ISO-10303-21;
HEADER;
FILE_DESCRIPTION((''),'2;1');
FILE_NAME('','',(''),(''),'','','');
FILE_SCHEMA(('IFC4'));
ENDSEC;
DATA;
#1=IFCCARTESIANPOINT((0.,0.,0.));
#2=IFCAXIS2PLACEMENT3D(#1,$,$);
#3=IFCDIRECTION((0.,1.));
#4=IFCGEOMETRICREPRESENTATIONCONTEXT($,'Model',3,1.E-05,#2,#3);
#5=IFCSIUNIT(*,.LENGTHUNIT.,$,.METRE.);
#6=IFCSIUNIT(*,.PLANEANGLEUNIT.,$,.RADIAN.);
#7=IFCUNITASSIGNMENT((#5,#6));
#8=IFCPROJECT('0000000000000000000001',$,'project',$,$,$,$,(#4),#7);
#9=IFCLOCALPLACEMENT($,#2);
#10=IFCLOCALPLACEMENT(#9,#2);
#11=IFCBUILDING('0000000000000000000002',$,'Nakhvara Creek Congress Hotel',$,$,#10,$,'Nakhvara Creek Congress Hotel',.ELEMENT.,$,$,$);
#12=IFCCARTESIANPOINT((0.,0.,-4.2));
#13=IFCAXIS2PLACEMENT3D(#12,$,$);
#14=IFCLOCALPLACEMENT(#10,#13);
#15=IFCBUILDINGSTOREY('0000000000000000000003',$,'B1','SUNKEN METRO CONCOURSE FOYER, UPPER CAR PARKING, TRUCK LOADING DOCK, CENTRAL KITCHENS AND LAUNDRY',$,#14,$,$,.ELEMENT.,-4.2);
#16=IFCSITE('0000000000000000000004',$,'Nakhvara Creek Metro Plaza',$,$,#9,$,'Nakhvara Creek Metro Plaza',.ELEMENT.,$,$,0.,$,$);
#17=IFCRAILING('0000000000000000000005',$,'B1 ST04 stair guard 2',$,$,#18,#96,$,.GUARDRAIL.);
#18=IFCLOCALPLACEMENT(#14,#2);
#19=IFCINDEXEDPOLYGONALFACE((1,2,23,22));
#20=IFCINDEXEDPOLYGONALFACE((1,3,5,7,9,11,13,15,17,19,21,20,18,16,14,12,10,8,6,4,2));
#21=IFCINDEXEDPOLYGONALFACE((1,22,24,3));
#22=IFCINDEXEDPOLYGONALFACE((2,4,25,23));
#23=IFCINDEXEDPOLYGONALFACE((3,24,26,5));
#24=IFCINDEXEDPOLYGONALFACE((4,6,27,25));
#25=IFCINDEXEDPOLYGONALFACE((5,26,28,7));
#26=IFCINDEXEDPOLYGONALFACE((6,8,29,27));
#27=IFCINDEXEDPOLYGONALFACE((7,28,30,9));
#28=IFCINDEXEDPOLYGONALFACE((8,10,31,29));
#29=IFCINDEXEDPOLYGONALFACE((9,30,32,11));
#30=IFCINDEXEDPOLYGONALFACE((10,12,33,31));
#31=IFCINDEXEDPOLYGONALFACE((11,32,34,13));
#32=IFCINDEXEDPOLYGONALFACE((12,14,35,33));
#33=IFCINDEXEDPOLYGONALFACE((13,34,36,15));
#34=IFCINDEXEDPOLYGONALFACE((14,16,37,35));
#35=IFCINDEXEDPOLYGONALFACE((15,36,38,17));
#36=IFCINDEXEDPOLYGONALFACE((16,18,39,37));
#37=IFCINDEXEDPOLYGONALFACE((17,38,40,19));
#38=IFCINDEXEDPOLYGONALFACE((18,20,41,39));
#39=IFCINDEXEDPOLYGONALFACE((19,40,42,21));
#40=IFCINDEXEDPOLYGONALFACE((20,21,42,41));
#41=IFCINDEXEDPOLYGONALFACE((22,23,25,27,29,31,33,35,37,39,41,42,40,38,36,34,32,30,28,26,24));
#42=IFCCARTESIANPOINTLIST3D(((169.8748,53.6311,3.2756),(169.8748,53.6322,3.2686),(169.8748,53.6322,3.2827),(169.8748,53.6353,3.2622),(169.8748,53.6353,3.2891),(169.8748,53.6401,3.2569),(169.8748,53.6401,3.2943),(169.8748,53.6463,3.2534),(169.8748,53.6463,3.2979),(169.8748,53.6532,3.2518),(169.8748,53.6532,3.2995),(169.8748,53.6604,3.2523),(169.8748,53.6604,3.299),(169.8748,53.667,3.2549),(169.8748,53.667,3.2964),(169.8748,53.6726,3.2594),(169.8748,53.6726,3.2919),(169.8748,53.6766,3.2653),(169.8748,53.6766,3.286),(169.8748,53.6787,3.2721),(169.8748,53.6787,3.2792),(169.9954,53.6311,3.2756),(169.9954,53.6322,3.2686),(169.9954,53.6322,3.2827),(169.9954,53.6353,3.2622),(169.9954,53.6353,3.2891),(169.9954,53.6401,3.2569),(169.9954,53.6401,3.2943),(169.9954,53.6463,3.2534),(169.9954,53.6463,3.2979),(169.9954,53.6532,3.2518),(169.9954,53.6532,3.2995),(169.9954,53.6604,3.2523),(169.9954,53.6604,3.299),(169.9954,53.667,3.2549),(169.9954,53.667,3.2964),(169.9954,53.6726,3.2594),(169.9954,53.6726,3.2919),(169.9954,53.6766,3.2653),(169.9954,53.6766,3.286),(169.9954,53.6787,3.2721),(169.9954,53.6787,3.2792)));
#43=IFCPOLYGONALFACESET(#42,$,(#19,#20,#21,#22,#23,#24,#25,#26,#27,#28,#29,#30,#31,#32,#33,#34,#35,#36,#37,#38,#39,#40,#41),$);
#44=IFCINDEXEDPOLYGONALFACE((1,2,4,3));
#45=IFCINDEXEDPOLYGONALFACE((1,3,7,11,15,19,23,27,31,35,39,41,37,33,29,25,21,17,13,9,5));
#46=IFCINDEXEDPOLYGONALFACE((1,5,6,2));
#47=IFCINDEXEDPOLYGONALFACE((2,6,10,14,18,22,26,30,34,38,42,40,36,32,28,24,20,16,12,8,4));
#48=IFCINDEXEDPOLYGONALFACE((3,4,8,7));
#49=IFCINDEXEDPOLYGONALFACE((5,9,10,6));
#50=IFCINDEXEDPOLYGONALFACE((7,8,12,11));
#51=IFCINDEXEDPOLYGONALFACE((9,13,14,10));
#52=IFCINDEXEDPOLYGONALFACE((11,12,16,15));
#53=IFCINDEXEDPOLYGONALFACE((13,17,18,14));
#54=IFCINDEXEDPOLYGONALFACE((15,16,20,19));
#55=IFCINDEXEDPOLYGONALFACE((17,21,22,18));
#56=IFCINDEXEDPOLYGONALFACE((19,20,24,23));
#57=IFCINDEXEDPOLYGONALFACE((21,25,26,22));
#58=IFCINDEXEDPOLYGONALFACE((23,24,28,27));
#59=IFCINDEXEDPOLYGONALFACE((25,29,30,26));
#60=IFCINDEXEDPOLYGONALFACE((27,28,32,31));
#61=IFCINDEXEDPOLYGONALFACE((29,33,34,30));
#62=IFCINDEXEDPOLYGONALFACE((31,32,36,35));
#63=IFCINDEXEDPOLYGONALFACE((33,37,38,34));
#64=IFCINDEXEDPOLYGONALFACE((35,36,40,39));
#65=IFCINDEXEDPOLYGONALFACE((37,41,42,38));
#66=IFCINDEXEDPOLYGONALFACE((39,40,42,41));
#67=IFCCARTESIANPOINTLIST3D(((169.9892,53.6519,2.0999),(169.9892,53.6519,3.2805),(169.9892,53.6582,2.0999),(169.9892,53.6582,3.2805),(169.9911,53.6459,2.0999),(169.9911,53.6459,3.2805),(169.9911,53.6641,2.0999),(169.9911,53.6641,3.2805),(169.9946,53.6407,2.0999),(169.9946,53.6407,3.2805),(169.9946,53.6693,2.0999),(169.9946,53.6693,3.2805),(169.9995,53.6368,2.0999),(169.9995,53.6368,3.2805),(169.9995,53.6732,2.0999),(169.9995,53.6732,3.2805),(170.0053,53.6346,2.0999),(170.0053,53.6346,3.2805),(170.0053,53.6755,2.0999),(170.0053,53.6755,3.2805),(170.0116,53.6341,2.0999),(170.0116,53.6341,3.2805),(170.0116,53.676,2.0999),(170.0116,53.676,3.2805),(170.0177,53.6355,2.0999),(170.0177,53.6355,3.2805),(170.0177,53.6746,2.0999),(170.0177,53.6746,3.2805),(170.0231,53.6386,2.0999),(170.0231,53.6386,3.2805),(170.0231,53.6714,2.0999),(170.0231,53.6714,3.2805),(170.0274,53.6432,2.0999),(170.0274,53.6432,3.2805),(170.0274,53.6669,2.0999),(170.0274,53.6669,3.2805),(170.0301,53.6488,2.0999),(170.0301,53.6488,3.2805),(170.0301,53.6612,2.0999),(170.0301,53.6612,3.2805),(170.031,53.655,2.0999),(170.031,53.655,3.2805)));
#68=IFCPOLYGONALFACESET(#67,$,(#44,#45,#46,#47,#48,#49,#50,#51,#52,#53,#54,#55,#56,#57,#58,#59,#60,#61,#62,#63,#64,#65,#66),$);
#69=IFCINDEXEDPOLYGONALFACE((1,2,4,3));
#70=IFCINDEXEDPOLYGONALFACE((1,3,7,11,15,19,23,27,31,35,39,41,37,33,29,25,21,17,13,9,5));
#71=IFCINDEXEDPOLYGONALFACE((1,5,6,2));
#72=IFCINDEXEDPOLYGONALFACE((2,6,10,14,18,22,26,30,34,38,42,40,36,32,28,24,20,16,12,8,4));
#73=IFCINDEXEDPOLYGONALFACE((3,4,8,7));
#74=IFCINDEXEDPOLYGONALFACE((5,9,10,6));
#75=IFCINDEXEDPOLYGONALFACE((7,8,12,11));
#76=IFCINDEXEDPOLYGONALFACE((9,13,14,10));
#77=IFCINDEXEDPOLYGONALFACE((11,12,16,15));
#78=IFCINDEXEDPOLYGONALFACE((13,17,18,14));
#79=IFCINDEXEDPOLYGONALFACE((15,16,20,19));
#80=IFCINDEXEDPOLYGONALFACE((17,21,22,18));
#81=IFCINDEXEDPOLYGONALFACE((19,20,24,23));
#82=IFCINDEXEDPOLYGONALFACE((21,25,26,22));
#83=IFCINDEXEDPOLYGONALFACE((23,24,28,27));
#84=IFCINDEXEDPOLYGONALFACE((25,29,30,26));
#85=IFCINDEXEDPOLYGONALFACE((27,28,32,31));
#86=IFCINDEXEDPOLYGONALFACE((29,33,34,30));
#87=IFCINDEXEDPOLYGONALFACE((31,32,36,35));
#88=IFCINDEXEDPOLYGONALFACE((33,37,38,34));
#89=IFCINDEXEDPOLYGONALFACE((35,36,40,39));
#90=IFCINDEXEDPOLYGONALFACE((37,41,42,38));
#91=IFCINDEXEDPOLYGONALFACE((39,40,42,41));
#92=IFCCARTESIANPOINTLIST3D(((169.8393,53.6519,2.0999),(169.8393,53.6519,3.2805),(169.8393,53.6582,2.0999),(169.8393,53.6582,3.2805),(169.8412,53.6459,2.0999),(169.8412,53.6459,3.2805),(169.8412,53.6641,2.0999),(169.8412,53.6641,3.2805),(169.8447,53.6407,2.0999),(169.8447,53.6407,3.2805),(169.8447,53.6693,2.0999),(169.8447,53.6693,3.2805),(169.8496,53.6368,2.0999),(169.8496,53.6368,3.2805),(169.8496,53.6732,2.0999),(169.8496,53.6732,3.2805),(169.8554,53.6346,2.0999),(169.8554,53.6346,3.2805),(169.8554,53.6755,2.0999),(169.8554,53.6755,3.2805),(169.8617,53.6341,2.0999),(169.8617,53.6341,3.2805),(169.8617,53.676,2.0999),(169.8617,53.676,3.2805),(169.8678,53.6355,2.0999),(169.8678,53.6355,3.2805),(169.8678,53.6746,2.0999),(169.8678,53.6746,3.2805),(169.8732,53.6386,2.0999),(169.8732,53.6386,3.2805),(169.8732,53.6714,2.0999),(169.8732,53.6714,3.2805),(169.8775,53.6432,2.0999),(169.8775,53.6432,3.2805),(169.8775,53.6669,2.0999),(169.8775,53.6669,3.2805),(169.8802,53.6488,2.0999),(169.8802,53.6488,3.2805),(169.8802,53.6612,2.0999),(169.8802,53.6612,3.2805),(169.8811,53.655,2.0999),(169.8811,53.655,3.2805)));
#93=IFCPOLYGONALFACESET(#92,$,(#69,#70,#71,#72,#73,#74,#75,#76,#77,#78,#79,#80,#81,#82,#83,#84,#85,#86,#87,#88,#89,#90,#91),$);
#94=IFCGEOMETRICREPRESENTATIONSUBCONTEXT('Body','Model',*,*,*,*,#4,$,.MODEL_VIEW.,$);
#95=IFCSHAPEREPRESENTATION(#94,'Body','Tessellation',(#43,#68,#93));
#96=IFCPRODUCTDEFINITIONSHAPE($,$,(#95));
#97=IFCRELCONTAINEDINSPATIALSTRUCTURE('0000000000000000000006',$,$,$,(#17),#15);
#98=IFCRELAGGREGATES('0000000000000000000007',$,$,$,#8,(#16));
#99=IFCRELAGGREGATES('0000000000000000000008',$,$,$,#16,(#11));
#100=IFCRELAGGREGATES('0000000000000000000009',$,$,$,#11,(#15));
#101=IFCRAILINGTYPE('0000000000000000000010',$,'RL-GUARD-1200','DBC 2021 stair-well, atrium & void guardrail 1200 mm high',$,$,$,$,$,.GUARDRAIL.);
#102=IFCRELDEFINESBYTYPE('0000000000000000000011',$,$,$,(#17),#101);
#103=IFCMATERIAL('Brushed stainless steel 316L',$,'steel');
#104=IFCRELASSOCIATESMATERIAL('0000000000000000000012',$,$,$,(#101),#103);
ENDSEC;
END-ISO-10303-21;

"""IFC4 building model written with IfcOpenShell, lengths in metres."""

from ifc_helpers import new_model, si_unit, direction, frame, origin, origin_2d, place, context, subcontext, project, spatial, circle, extrude, material, type_object, element, save


model = new_model("IFC4")

# Units and contexts
model_context = context("Model", 3, precision=1e-05, world=origin(), true_north=direction((0.0, 1.0)))
body_context = subcontext(model_context, "Body", "Model", "MODEL_VIEW")
ifc_project = project(units=[si_unit("LENGTHUNIT", "METRE"), si_unit("PLANEANGLEUNIT", "RADIAN")], contexts=[model_context])

# Site, building, storey
site_placement = place(None, origin())
site = spatial("IfcSite", under=ifc_project, at=site_placement, Name="Nakhvara Creek Metro Plaza", LongName="Nakhvara Creek Metro Plaza", CompositionType="ELEMENT", RefElevation=0.0)
building_placement = place(site_placement, origin())
building = spatial("IfcBuilding", under=site, at=building_placement, Name="Nakhvara Creek Congress Hotel", LongName="Nakhvara Creek Congress Hotel", CompositionType="ELEMENT")
storey_placement = place(building_placement, frame((0.0, 0.0, -4.2)))
storey = spatial("IfcBuildingStorey", under=building, at=storey_placement, Name="B1", Description="SUNKEN METRO CONCOURSE FOYER, UPPER CAR PARKING, TRUCK LOADING DOCK, CENTRAL KITCHENS AND LAUNDRY", CompositionType="ELEMENT", Elevation=-4.2)

# Railing
ifc_material_1 = material(Name="Brushed stainless steel 316L", Category="steel")
railing_type_1 = type_object("IfcRailingType", Name="RL-GUARD-1200", Description="DBC 2021 stair-well, atrium & void guardrail 1200 mm high", PredefinedType="GUARDRAIL", material=ifc_material_1)
railing_1_placement = place(storey_placement, frame((170.01, 53.655, 2.0999)))
element("IfcRailing", 1, at=railing_1_placement, inside=storey, type_object=railing_type_1, Name="B1 ST04 stair guard 2", PredefinedType="GUARDRAIL", context=body_context, shape_type="SweptSolid", body=[
    extrude(circle(Radius=0.0239, at=origin_2d()), frame((-0.0146, 0.0, 1.1758), z_axis=(-1.0, 0.0, 0.0), x_axis=(0.0, -1.0, 0.0)), (0.0, 0.0, 1.0), 0.1206),
    extrude(circle(Radius=0.021, at=origin_2d()), origin(), (0.0, 0.0, 1.0), 1.1807),
    extrude(circle(Radius=0.021, at=origin_2d()), frame((-0.1499, 0.0, 0.0)), (0.0, 0.0, 1.0), 1.1807),
])

save(model, "model.ifc")
